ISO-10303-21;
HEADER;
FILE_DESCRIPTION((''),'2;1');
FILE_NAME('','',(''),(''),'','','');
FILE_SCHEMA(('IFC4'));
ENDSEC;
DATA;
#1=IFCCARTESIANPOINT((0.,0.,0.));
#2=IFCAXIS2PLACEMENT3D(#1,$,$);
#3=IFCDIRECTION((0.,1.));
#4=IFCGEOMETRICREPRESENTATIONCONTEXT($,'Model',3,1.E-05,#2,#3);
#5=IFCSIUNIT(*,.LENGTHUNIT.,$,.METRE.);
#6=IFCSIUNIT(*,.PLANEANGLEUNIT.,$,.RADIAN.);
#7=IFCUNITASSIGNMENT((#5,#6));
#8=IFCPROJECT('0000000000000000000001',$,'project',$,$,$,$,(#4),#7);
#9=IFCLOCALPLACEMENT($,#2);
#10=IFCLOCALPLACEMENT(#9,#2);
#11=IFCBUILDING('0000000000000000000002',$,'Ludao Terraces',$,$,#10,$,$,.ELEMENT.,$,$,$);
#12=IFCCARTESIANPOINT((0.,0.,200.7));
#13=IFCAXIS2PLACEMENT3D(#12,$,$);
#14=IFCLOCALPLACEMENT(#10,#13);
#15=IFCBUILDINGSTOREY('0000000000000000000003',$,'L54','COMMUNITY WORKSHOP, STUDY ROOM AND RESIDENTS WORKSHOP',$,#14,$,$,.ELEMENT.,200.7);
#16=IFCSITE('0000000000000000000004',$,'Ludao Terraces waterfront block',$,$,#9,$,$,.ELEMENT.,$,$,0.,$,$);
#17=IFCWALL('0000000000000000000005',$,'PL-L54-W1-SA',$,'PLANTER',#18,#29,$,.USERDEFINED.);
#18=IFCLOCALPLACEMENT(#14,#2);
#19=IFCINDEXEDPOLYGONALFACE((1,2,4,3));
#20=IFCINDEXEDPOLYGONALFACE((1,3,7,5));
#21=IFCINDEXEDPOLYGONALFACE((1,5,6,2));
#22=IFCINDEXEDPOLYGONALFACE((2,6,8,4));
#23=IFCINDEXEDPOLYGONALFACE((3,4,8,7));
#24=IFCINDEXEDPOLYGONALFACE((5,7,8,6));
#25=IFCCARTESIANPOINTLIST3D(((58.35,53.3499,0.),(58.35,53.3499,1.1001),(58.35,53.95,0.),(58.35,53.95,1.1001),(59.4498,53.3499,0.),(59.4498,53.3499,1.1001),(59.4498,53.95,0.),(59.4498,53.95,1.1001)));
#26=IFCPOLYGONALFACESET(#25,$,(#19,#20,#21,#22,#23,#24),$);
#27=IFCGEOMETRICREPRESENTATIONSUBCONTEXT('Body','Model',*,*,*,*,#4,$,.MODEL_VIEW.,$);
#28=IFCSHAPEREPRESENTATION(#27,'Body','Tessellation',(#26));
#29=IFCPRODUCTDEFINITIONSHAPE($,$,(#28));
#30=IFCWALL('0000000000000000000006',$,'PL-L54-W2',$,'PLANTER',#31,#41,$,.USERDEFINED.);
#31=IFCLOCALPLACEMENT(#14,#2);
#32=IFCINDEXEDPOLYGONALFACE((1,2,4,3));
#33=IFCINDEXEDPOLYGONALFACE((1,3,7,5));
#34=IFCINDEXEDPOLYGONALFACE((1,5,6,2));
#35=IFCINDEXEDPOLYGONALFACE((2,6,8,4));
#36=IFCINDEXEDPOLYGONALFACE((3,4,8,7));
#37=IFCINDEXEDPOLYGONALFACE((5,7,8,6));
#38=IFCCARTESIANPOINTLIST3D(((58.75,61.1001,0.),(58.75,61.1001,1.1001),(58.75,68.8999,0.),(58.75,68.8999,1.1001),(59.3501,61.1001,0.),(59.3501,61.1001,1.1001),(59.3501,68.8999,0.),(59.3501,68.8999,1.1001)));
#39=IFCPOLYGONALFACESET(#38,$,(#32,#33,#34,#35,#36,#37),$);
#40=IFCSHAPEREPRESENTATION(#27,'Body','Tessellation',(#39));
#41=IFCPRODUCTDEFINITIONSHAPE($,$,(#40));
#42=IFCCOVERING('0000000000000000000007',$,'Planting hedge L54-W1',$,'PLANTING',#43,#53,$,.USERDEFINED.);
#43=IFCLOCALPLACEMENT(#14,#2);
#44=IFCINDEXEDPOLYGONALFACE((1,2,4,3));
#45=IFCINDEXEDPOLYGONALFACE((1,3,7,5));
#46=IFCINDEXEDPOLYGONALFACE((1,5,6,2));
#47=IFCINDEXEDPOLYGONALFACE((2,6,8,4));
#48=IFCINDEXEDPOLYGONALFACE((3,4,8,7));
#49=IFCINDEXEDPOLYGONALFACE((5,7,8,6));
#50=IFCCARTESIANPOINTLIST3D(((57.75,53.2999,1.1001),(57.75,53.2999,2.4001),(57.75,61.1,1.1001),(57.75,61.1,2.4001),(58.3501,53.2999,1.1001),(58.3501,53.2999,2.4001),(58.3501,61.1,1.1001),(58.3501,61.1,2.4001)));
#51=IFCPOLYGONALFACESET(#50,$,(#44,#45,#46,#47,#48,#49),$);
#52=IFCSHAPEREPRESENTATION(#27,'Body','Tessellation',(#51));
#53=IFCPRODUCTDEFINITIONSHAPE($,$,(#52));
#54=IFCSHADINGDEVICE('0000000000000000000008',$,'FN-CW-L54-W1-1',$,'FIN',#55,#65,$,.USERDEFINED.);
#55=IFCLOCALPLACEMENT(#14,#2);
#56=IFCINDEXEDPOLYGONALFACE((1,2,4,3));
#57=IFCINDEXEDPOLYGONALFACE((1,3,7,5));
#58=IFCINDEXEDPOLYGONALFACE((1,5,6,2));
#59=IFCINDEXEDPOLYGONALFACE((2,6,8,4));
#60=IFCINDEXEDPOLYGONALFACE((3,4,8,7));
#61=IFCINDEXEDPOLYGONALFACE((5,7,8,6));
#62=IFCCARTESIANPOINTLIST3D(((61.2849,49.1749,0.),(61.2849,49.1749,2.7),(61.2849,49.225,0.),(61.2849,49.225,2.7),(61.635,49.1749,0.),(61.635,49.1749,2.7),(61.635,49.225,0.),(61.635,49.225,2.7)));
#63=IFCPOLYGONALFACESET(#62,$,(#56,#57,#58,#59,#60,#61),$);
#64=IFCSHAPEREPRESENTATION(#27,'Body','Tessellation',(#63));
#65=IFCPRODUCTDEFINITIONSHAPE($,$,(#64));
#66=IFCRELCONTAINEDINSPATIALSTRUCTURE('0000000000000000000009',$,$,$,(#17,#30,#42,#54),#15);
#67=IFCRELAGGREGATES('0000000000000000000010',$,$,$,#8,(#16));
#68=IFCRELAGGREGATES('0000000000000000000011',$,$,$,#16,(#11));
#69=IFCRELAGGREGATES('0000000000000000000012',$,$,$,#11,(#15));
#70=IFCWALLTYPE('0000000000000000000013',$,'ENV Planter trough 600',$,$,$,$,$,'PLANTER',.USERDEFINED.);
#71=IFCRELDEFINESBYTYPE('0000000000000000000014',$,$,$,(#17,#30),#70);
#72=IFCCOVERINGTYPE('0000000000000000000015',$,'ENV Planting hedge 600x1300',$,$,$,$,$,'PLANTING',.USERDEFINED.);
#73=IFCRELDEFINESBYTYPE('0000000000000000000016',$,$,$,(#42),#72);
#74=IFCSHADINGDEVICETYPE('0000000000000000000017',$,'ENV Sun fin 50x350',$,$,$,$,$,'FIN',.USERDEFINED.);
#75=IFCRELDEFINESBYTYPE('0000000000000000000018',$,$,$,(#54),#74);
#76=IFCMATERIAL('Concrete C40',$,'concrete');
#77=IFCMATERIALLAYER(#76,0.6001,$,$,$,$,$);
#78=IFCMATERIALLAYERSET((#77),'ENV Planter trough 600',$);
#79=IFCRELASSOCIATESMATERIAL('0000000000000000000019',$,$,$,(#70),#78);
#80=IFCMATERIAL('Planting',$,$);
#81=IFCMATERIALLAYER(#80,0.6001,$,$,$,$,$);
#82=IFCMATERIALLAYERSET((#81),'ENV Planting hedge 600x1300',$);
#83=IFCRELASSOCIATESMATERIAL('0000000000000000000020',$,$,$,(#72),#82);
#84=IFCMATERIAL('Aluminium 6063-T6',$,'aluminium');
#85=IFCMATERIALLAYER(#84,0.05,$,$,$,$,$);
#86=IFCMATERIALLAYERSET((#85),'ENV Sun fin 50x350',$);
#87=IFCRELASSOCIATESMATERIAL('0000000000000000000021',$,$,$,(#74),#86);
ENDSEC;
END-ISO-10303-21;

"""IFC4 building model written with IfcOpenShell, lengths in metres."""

from ifc_helpers import new_model, si_unit, direction, frame, frame_2d, origin, origin_2d, place, context, subcontext, project, spatial, rectangle, extrude, material, layer, layer_set, type_object, element, save


model = new_model("IFC4")

# Units and contexts
model_context = context("Model", 3, precision=1e-05, world=origin(), true_north=direction((0.0, 1.0)))
body_context = subcontext(model_context, "Body", "Model", "MODEL_VIEW")
ifc_project = project(units=[si_unit("LENGTHUNIT", "METRE"), si_unit("PLANEANGLEUNIT", "RADIAN")], contexts=[model_context])

# Site, building, storey
site_placement = place(None, origin())
site = spatial("IfcSite", under=ifc_project, at=site_placement, Name="Ludao Terraces waterfront block", CompositionType="ELEMENT", RefElevation=0.0)
building_placement = place(site_placement, origin())
building = spatial("IfcBuilding", under=site, at=building_placement, Name="Ludao Terraces", CompositionType="ELEMENT")
storey_placement = place(building_placement, frame((0.0, 0.0, 200.7)))
storey = spatial("IfcBuildingStorey", under=building, at=storey_placement, Name="L54", Description="COMMUNITY WORKSHOP, STUDY ROOM AND RESIDENTS WORKSHOP", CompositionType="ELEMENT", Elevation=200.7)

# Shared definitions
ifc_material_1 = material(Name="Concrete C40", Category="concrete")

# Walls
ifc_layer_1 = layer(ifc_material_1, 0.6001)
ifc_layer_set_1 = layer_set([ifc_layer_1], Name="ENV Planter trough 600")
wall_type = type_object("IfcWallType", Name="ENV Planter trough 600", ElementType="PLANTER", PredefinedType="USERDEFINED", material=ifc_layer_set_1)
wall_1_placement = place(storey_placement, frame((58.3501, 53.6499, 0.0), z_axis=(0.0, 0.0, 1.0), x_axis=(1.0, 0.0, 0.0)))
element("IfcWall", 1, at=wall_1_placement, inside=storey, type_object=wall_type, Name="PL-L54-W1-SA", ObjectType="PLANTER", PredefinedType="USERDEFINED", context=body_context, shape_type="SweptSolid", body=[
    extrude(rectangle(XDim=1.0999, YDim=0.6001, at=frame_2d((0.5498, 0.0))), origin(), (0.0, 0.0, 1.0), 1.1001),
])
wall_2_placement = place(storey_placement, frame((59.05, 61.1001, 0.0), z_axis=(0.0, 0.0, 1.0), x_axis=(0.0, 1.0, 0.0)))
element("IfcWall", 2, at=wall_2_placement, inside=storey, type_object=wall_type, Name="PL-L54-W2", ObjectType="PLANTER", PredefinedType="USERDEFINED", context=body_context, shape_type="SweptSolid", body=[
    extrude(rectangle(XDim=7.7998, YDim=0.6001, at=frame_2d((3.8999, 0.0))), origin(), (0.0, 0.0, 1.0), 1.1001),
])

# Covering
ifc_material_2 = material(Name="Planting")
ifc_layer_2 = layer(ifc_material_2, 0.6001)
ifc_layer_set_2 = layer_set([ifc_layer_2], Name="ENV Planting hedge 600x1300")
covering_type = type_object("IfcCoveringType", Name="ENV Planting hedge 600x1300", ElementType="PLANTING", PredefinedType="USERDEFINED", material=ifc_layer_set_2)
covering_placement = place(storey_placement, frame((58.05, 57.2, 1.1001), z_axis=(0.0, 0.0, 1.0), x_axis=(1.0, 0.0, 0.0)))
element("IfcCovering", 3, at=covering_placement, inside=storey, type_object=covering_type, Name="Planting hedge L54-W1", ObjectType="PLANTING", PredefinedType="USERDEFINED", context=body_context, shape_type="SweptSolid", body=[
    extrude(rectangle(XDim=0.6001, YDim=7.8, at=origin_2d()), origin(), (0.0, 0.0, 1.0), 1.3),
])

# Shading device
ifc_material_3 = material(Name="Aluminium 6063-T6", Category="aluminium")
ifc_layer_3 = layer(ifc_material_3, 0.05)
ifc_layer_set_3 = layer_set([ifc_layer_3], Name="ENV Sun fin 50x350")
shading_device_type = type_object("IfcShadingDeviceType", Name="ENV Sun fin 50x350", ElementType="FIN", PredefinedType="USERDEFINED", material=ifc_layer_set_3)
shading_device_placement = place(storey_placement, frame((61.46, 49.2, 0.0), z_axis=(0.0, 0.0, 1.0), x_axis=(1.0, 0.0, 0.0)))
element("IfcShadingDevice", 4, at=shading_device_placement, inside=storey, type_object=shading_device_type, Name="FN-CW-L54-W1-1", ObjectType="FIN", PredefinedType="USERDEFINED", context=body_context, shape_type="SweptSolid", body=[
    extrude(rectangle(XDim=0.3501, YDim=0.05, at=origin_2d()), origin(), (0.0, 0.0, 1.0), 2.7),
])

save(model, "model.ifc")
